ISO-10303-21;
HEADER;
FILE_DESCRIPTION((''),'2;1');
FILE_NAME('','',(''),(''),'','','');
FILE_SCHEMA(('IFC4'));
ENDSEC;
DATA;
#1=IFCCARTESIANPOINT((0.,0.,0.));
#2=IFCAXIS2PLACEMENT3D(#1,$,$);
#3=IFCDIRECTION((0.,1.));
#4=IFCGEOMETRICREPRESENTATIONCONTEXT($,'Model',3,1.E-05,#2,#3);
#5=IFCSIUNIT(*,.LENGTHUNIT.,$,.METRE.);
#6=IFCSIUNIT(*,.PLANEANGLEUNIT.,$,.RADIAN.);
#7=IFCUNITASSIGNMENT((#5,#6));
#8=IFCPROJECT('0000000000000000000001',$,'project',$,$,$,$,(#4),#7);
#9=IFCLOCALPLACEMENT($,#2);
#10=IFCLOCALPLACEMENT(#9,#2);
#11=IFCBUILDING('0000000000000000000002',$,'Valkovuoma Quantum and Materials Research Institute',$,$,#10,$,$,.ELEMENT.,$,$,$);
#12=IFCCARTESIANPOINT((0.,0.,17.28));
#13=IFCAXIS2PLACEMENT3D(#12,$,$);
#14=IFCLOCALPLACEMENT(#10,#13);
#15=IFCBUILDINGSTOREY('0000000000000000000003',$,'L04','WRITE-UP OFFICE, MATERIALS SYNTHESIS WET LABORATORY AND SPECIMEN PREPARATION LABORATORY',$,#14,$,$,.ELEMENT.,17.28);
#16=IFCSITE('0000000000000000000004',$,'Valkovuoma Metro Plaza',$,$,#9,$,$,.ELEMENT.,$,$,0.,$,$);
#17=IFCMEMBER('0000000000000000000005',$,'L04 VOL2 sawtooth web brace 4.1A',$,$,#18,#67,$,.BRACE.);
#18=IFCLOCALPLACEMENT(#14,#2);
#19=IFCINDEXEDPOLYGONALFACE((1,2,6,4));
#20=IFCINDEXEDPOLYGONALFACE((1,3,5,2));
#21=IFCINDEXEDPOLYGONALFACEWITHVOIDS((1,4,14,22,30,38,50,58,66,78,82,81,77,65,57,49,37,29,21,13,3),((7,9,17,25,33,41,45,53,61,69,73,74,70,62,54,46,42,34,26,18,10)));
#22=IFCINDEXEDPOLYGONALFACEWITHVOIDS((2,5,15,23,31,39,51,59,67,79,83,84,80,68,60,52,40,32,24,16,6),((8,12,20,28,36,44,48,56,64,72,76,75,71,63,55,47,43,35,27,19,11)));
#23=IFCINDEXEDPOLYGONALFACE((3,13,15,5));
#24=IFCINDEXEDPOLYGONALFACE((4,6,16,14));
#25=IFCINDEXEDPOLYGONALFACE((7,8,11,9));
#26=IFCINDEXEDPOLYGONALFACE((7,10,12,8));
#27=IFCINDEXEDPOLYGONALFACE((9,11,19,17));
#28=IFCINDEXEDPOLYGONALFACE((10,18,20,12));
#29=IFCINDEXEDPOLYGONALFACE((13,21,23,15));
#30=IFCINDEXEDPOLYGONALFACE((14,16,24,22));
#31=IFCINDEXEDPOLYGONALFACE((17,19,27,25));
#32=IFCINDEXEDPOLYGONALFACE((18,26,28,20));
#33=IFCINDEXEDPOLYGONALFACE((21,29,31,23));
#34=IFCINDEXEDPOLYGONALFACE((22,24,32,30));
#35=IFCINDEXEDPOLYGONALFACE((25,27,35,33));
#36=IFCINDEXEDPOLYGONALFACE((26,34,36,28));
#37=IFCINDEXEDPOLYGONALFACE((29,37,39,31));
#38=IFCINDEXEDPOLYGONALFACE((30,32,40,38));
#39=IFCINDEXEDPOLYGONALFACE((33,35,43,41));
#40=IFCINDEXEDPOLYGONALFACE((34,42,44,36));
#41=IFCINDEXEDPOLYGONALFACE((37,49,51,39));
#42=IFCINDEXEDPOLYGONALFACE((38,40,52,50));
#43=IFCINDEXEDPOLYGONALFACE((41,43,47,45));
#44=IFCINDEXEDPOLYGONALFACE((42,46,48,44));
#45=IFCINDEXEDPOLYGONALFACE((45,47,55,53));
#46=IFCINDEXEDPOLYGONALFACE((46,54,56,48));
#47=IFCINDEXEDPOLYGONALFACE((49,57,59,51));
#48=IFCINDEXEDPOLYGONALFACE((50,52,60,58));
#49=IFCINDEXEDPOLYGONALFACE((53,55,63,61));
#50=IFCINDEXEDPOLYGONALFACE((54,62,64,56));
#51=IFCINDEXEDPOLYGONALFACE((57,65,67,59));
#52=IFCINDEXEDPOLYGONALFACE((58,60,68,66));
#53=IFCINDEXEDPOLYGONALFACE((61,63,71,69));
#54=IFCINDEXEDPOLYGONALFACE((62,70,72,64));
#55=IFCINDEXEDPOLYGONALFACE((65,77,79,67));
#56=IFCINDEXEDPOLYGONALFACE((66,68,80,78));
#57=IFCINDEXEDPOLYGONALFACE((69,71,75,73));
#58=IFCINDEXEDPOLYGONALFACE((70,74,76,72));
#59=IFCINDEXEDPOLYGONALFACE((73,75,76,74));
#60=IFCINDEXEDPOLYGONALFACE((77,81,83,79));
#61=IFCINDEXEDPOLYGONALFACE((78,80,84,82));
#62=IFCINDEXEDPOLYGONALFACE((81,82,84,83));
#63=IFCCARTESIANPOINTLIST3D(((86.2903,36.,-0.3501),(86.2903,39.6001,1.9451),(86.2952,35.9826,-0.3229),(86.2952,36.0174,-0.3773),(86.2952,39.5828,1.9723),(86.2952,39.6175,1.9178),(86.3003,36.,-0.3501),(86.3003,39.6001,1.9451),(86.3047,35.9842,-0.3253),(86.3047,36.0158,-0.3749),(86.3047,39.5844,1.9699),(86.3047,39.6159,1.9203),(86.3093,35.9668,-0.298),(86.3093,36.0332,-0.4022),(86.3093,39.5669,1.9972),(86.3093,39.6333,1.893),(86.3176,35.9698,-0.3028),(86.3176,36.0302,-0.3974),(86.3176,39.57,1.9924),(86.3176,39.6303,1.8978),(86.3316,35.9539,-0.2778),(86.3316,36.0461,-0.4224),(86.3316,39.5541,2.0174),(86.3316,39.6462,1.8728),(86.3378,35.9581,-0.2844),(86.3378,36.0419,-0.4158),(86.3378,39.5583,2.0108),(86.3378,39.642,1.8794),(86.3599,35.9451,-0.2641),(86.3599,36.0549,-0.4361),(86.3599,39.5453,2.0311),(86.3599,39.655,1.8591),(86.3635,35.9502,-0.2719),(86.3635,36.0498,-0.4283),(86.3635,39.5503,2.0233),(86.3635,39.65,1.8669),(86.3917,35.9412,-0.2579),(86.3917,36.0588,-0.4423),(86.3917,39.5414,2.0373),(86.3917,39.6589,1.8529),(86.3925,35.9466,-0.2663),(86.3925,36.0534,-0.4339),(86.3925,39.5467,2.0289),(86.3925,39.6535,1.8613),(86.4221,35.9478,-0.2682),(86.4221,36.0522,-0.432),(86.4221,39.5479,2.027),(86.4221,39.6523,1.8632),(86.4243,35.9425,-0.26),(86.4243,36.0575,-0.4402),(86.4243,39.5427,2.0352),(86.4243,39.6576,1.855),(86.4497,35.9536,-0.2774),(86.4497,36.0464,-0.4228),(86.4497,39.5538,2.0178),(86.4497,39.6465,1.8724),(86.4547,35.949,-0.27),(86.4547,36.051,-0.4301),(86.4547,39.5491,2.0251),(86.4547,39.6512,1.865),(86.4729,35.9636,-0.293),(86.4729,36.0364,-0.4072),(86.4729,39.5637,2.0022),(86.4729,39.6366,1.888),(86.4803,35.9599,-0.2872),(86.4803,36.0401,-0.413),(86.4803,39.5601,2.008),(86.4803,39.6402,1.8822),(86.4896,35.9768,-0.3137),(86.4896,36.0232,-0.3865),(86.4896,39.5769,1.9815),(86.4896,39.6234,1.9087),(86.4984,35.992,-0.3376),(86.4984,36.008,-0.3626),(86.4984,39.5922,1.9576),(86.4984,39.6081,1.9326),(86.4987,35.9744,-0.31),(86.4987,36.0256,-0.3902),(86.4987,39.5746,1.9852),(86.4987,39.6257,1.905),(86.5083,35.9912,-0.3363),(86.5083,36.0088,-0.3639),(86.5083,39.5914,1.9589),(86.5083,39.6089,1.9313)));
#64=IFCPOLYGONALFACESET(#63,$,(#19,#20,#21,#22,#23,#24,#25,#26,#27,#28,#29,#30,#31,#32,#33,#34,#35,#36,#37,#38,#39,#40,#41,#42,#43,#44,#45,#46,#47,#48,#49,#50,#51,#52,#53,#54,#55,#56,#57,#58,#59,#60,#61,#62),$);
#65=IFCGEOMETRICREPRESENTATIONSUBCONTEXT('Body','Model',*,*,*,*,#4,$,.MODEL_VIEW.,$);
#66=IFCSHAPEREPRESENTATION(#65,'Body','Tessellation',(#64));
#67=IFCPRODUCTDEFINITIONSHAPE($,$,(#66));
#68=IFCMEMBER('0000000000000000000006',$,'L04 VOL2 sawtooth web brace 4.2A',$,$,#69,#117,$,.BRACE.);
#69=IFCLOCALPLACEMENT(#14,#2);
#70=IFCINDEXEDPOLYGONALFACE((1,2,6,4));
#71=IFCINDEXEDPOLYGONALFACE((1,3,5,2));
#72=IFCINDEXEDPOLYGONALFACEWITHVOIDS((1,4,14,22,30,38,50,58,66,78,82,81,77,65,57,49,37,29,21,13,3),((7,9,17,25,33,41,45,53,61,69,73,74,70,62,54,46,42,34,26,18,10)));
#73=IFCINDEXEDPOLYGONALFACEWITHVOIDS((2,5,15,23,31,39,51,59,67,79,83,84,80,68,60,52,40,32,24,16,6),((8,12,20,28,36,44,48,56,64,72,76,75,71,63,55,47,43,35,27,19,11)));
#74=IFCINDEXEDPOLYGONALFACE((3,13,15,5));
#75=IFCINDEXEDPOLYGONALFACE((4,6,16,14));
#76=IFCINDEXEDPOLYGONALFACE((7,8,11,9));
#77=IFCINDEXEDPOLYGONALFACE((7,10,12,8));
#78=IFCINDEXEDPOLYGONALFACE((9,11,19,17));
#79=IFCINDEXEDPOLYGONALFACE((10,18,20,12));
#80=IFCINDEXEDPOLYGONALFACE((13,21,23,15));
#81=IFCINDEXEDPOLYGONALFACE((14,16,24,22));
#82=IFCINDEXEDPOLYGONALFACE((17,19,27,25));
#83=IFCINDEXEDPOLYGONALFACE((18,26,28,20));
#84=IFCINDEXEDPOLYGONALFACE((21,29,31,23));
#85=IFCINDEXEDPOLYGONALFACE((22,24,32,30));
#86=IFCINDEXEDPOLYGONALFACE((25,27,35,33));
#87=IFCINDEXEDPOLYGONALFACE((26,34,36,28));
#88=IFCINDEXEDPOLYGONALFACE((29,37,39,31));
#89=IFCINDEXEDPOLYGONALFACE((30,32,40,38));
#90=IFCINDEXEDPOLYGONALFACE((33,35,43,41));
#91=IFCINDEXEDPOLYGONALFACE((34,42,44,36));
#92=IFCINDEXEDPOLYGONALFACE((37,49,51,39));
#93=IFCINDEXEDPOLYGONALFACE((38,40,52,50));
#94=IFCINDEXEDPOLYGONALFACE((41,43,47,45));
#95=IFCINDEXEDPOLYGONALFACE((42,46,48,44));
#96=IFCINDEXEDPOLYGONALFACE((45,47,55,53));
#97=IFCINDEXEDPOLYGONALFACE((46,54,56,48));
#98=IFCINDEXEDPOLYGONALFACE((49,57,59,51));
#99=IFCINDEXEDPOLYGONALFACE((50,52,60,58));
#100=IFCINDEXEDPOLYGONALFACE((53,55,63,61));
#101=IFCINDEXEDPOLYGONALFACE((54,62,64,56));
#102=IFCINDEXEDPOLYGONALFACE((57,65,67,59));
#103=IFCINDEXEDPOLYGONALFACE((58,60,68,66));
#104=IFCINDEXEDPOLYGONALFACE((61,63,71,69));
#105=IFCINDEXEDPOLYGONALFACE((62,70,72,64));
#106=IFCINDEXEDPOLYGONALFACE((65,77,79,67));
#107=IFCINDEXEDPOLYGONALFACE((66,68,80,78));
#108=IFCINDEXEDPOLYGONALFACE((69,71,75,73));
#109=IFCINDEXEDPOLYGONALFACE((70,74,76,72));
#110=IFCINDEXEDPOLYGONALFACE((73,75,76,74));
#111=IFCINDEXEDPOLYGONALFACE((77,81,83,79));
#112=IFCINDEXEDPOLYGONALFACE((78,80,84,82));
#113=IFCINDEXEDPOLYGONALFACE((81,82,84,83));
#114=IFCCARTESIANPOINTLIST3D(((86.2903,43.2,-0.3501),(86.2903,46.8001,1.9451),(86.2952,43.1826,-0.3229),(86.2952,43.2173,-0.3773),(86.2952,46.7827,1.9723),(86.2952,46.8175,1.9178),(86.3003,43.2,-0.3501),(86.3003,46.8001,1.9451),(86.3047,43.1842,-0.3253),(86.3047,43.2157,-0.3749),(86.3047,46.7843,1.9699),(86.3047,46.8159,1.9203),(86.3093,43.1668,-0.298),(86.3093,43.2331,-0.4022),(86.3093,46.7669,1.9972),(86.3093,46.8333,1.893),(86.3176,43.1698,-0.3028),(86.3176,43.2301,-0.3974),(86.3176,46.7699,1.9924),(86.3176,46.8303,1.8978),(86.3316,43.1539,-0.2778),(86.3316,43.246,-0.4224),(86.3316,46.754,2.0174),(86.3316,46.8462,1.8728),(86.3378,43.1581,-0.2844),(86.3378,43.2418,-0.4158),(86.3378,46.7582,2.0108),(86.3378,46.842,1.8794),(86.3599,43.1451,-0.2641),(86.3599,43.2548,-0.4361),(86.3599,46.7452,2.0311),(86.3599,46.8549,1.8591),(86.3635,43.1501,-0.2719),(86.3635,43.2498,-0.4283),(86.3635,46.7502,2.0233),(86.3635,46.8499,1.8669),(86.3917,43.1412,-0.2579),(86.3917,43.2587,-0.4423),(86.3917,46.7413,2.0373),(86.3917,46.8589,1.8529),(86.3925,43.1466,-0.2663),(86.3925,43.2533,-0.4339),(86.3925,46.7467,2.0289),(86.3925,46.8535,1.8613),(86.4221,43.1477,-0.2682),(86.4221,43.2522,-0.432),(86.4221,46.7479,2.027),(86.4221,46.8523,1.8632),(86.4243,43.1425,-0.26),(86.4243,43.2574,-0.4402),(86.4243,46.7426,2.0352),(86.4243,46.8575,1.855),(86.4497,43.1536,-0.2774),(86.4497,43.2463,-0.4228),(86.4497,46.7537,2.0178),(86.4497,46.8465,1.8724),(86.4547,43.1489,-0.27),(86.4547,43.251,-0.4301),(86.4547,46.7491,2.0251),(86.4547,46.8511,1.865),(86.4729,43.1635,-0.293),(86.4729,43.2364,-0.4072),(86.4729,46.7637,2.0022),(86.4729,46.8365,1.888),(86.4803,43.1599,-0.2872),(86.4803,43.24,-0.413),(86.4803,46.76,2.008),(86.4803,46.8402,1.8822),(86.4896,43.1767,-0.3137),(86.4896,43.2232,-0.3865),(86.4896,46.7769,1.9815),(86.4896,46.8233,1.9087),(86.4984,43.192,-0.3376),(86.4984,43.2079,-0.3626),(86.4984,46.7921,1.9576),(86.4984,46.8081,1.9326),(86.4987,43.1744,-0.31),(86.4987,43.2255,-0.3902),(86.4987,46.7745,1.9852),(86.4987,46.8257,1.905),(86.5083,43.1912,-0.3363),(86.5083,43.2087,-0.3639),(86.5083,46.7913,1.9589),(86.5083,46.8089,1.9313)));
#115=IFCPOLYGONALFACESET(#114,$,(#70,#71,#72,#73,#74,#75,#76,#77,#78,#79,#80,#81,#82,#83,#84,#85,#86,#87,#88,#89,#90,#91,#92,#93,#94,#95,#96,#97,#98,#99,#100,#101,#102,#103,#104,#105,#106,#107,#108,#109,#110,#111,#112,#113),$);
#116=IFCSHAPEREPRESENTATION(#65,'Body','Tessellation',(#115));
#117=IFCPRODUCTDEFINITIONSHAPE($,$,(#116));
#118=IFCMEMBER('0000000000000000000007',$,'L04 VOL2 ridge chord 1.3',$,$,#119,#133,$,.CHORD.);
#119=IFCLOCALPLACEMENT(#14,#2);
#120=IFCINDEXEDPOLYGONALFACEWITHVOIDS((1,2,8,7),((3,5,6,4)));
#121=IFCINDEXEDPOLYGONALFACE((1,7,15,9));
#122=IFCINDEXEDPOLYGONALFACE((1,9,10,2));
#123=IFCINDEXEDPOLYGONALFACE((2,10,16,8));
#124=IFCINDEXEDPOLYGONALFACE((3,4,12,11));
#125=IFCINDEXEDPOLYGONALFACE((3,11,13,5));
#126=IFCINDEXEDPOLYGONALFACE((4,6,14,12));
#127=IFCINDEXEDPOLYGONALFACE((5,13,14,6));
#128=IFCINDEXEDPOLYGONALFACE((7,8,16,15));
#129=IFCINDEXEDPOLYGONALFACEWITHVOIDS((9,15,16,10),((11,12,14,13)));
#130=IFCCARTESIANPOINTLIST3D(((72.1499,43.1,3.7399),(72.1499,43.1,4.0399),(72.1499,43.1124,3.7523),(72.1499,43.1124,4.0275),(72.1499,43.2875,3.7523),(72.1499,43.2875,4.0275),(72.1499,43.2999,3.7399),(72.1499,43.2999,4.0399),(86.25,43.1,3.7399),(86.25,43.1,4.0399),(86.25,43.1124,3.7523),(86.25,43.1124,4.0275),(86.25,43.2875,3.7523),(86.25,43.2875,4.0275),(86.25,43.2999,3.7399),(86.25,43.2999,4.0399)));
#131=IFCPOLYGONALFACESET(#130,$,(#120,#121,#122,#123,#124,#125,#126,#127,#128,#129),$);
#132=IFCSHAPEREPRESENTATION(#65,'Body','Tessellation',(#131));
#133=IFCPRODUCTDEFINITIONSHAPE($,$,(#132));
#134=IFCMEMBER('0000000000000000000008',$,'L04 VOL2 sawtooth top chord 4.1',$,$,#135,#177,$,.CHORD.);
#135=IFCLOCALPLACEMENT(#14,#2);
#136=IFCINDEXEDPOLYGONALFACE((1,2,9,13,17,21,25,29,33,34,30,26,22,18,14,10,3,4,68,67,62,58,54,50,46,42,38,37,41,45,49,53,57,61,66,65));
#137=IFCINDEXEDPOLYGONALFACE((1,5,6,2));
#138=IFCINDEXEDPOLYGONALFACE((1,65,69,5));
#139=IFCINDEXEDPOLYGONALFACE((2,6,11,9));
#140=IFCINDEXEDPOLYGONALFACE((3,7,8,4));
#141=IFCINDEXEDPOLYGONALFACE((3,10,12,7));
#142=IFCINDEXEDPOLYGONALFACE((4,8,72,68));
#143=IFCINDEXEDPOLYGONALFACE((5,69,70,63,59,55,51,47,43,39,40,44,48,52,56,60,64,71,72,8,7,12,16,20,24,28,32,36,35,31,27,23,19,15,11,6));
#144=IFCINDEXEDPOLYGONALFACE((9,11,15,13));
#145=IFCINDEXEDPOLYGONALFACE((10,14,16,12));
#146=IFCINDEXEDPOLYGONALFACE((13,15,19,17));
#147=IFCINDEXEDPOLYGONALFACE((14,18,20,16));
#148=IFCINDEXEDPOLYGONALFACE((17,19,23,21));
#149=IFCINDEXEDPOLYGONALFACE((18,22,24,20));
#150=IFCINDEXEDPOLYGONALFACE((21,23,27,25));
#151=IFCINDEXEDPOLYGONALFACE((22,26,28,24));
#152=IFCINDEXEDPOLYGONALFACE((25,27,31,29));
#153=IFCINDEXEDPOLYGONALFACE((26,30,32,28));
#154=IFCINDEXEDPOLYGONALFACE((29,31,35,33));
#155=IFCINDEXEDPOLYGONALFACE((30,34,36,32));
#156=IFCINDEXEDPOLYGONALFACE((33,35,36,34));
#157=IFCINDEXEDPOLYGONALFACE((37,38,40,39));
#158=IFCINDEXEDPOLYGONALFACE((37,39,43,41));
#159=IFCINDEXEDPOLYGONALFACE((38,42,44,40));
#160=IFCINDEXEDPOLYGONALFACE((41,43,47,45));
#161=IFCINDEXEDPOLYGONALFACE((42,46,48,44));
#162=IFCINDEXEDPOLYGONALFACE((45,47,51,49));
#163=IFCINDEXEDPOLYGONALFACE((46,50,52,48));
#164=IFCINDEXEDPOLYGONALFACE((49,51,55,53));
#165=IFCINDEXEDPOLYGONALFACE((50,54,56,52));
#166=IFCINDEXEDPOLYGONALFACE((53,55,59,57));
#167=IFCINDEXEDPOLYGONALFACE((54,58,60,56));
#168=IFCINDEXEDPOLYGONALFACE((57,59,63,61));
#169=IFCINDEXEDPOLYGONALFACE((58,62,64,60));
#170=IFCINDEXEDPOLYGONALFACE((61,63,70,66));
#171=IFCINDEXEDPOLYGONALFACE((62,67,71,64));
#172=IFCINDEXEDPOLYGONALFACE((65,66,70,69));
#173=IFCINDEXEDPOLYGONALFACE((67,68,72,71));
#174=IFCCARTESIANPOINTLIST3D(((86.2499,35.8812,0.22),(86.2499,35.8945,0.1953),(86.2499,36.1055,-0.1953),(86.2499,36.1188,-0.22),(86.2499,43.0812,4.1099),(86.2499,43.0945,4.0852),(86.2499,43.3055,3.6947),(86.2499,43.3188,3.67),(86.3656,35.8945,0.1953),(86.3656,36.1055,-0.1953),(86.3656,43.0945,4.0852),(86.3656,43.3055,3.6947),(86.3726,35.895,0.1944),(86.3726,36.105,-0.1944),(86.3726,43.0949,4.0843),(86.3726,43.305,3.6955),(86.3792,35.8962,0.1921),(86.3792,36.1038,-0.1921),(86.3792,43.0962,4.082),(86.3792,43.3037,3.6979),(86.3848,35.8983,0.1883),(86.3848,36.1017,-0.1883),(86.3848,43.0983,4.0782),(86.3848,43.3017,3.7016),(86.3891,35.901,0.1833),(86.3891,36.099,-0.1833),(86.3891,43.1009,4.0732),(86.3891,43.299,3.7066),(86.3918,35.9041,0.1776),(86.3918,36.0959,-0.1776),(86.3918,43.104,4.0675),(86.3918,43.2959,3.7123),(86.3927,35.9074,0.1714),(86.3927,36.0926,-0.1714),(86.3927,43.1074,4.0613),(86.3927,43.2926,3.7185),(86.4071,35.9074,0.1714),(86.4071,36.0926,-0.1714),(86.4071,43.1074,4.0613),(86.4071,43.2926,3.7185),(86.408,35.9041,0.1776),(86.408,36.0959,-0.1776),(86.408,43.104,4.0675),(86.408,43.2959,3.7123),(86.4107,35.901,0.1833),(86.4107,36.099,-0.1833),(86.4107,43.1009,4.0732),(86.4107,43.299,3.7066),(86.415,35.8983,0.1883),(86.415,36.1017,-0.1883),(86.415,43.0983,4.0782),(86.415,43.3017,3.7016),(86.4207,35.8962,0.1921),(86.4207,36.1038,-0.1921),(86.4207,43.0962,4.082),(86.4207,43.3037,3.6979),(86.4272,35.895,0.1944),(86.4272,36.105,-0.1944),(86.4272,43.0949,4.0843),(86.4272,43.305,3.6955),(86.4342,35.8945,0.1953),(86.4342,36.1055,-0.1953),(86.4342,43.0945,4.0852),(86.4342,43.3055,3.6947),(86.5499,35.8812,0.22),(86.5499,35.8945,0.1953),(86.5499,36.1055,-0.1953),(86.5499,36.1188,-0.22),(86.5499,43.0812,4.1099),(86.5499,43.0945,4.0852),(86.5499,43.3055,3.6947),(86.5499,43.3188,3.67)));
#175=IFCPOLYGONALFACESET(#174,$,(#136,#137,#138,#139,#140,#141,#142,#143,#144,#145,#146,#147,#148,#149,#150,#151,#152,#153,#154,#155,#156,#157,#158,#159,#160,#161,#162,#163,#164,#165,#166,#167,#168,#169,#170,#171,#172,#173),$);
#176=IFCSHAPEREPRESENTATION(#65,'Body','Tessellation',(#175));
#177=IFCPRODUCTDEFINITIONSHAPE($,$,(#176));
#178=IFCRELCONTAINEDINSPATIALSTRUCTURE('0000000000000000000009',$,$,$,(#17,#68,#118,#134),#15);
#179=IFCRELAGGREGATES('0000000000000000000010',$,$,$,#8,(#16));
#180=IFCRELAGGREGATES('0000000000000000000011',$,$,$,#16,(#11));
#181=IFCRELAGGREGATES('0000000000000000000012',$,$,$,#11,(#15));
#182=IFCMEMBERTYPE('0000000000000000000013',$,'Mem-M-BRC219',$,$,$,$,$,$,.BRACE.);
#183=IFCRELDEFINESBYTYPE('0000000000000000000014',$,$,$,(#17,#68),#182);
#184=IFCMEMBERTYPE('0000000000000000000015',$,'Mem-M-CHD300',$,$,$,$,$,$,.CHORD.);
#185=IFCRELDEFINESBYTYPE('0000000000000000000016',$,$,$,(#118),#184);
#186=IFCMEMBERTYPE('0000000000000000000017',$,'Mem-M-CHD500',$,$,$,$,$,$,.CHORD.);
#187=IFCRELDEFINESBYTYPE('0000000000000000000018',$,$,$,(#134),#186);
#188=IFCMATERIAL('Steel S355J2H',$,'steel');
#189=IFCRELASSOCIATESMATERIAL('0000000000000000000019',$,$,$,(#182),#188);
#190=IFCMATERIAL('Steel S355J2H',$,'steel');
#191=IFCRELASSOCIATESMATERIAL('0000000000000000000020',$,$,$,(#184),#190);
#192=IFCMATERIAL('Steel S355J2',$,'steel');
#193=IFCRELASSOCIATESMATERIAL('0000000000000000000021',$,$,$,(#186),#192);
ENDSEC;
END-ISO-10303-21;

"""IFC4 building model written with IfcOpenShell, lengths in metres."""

from ifc_helpers import new_model, si_unit, direction, frame, origin, origin_2d, place, context, subcontext, project, spatial, hollow_rectangle, hollow_circle, i_section, extrude, material, material_profile, profile_set, type_object, element, save


model = new_model("IFC4")

# Units and contexts
model_context = context("Model", 3, precision=1e-05, world=origin(), true_north=direction((0.0, 1.0)))
body_context = subcontext(model_context, "Body", "Model", "MODEL_VIEW")
ifc_project = project(units=[si_unit("LENGTHUNIT", "METRE"), si_unit("PLANEANGLEUNIT", "RADIAN")], contexts=[model_context])

# Site, building, storey
site_placement = place(None, origin())
site = spatial("IfcSite", under=ifc_project, at=site_placement, Name="Valkovuoma Metro Plaza", CompositionType="ELEMENT", RefElevation=0.0)
building_placement = place(site_placement, origin())
building = spatial("IfcBuilding", under=site, at=building_placement, Name="Valkovuoma Quantum and Materials Research Institute", CompositionType="ELEMENT")
storey_placement = place(building_placement, frame((0.0, 0.0, 17.28)))
storey = spatial("IfcBuildingStorey", under=building, at=storey_placement, Name="L04", Description="WRITE-UP OFFICE, MATERIALS SYNTHESIS WET LABORATORY AND SPECIMEN PREPARATION LABORATORY", CompositionType="ELEMENT", Elevation=17.28)

# Members
ifc_material_1 = material(Name="Steel S355J2H", Category="steel")
ifc_material_profile_1 = material_profile(ifc_material_1, hollow_circle(Radius=0.1096, WallThickness=0.01, at=origin_2d()), Name="Steel S355J2H")
ifc_profile_set_1 = profile_set([ifc_material_profile_1], Name="Steel S355J2H")
member_type_1 = type_object("IfcMemberType", Name="Mem-M-BRC219", PredefinedType="BRACE", material=ifc_profile_set_1)
for number, where, z_axis, x_axis, name in (
    (1, (86.3999, 36.0, -0.3501), (0.0, 0.843216, 0.537575), (-1.0, 0.0, 0.0), "L04 VOL2 sawtooth web brace 4.1A"),
    (2, (86.3999, 43.2, -0.3501), (0.0, 0.843216, 0.537575), (-1.0, 0.0, 0.0), "L04 VOL2 sawtooth web brace 4.2A"),
):
    element("IfcMember", number, at=place(storey_placement, frame(where, z_axis=z_axis, x_axis=x_axis)), inside=storey, type_object=member_type_1, Name=name, PredefinedType="BRACE", context=body_context, shape_type="SweptSolid", body=[
        extrude(hollow_circle(Radius=0.1096, WallThickness=0.01, at=origin_2d()), origin(), (0.0, 0.0, 1.0), 4.2695),
    ])
ifc_material_2 = material(Name="Steel S355J2H", Category="steel")
ifc_material_profile_2 = material_profile(ifc_material_2, hollow_rectangle(XDim=0.2, YDim=0.3, WallThickness=0.0125, at=origin_2d()), Name="Steel S355J2H")
ifc_profile_set_2 = profile_set([ifc_material_profile_2], Name="Steel S355J2H")
member_type_2 = type_object("IfcMemberType", Name="Mem-M-CHD300", PredefinedType="CHORD", material=ifc_profile_set_2)
member_1_placement = place(storey_placement, frame((72.1499, 43.2, 3.8899), z_axis=(1.0, 0.0, 0.0), x_axis=(0.0, 1.0, 0.0)))
element("IfcMember", 3, at=member_1_placement, inside=storey, type_object=member_type_2, Name="L04 VOL2 ridge chord 1.3", PredefinedType="CHORD", context=body_context, shape_type="SweptSolid", body=[
    extrude(hollow_rectangle(XDim=0.2, YDim=0.3, WallThickness=0.0125, at=origin_2d()), origin(), (0.0, 0.0, 1.0), 14.1001),
])
ifc_material_3 = material(Name="Steel S355J2", Category="steel")
ifc_material_profile_3 = material_profile(ifc_material_3, i_section(OverallWidth=0.3, OverallDepth=0.5, WebThickness=0.0144, FlangeThickness=0.0281, FilletRadius=0.0271, at=origin_2d()), Name="Steel S355J2")
ifc_profile_set_3 = profile_set([ifc_material_profile_3], Name="Steel S355J2")
member_type_3 = type_object("IfcMemberType", Name="Mem-M-CHD500", PredefinedType="CHORD", material=ifc_profile_set_3)
for number, where, z_axis, x_axis, name in (
    (4, (86.3999, 36.0, 0.0), (0.0, 0.879807, 0.47533), (-1.0, 0.0, 0.0), "L04 VOL2 sawtooth top chord 4.1"),
):
    element("IfcMember", number, at=place(storey_placement, frame(where, z_axis=z_axis, x_axis=x_axis)), inside=storey, type_object=member_type_3, Name=name, PredefinedType="CHORD", context=body_context, shape_type="SweptSolid", body=[
        extrude(i_section(OverallWidth=0.3, OverallDepth=0.5, WebThickness=0.0144, FlangeThickness=0.0281, FilletRadius=0.0271, at=origin_2d()), origin(), (0.0, 0.0, 1.0), 8.1836),
    ])

save(model, "model.ifc")
